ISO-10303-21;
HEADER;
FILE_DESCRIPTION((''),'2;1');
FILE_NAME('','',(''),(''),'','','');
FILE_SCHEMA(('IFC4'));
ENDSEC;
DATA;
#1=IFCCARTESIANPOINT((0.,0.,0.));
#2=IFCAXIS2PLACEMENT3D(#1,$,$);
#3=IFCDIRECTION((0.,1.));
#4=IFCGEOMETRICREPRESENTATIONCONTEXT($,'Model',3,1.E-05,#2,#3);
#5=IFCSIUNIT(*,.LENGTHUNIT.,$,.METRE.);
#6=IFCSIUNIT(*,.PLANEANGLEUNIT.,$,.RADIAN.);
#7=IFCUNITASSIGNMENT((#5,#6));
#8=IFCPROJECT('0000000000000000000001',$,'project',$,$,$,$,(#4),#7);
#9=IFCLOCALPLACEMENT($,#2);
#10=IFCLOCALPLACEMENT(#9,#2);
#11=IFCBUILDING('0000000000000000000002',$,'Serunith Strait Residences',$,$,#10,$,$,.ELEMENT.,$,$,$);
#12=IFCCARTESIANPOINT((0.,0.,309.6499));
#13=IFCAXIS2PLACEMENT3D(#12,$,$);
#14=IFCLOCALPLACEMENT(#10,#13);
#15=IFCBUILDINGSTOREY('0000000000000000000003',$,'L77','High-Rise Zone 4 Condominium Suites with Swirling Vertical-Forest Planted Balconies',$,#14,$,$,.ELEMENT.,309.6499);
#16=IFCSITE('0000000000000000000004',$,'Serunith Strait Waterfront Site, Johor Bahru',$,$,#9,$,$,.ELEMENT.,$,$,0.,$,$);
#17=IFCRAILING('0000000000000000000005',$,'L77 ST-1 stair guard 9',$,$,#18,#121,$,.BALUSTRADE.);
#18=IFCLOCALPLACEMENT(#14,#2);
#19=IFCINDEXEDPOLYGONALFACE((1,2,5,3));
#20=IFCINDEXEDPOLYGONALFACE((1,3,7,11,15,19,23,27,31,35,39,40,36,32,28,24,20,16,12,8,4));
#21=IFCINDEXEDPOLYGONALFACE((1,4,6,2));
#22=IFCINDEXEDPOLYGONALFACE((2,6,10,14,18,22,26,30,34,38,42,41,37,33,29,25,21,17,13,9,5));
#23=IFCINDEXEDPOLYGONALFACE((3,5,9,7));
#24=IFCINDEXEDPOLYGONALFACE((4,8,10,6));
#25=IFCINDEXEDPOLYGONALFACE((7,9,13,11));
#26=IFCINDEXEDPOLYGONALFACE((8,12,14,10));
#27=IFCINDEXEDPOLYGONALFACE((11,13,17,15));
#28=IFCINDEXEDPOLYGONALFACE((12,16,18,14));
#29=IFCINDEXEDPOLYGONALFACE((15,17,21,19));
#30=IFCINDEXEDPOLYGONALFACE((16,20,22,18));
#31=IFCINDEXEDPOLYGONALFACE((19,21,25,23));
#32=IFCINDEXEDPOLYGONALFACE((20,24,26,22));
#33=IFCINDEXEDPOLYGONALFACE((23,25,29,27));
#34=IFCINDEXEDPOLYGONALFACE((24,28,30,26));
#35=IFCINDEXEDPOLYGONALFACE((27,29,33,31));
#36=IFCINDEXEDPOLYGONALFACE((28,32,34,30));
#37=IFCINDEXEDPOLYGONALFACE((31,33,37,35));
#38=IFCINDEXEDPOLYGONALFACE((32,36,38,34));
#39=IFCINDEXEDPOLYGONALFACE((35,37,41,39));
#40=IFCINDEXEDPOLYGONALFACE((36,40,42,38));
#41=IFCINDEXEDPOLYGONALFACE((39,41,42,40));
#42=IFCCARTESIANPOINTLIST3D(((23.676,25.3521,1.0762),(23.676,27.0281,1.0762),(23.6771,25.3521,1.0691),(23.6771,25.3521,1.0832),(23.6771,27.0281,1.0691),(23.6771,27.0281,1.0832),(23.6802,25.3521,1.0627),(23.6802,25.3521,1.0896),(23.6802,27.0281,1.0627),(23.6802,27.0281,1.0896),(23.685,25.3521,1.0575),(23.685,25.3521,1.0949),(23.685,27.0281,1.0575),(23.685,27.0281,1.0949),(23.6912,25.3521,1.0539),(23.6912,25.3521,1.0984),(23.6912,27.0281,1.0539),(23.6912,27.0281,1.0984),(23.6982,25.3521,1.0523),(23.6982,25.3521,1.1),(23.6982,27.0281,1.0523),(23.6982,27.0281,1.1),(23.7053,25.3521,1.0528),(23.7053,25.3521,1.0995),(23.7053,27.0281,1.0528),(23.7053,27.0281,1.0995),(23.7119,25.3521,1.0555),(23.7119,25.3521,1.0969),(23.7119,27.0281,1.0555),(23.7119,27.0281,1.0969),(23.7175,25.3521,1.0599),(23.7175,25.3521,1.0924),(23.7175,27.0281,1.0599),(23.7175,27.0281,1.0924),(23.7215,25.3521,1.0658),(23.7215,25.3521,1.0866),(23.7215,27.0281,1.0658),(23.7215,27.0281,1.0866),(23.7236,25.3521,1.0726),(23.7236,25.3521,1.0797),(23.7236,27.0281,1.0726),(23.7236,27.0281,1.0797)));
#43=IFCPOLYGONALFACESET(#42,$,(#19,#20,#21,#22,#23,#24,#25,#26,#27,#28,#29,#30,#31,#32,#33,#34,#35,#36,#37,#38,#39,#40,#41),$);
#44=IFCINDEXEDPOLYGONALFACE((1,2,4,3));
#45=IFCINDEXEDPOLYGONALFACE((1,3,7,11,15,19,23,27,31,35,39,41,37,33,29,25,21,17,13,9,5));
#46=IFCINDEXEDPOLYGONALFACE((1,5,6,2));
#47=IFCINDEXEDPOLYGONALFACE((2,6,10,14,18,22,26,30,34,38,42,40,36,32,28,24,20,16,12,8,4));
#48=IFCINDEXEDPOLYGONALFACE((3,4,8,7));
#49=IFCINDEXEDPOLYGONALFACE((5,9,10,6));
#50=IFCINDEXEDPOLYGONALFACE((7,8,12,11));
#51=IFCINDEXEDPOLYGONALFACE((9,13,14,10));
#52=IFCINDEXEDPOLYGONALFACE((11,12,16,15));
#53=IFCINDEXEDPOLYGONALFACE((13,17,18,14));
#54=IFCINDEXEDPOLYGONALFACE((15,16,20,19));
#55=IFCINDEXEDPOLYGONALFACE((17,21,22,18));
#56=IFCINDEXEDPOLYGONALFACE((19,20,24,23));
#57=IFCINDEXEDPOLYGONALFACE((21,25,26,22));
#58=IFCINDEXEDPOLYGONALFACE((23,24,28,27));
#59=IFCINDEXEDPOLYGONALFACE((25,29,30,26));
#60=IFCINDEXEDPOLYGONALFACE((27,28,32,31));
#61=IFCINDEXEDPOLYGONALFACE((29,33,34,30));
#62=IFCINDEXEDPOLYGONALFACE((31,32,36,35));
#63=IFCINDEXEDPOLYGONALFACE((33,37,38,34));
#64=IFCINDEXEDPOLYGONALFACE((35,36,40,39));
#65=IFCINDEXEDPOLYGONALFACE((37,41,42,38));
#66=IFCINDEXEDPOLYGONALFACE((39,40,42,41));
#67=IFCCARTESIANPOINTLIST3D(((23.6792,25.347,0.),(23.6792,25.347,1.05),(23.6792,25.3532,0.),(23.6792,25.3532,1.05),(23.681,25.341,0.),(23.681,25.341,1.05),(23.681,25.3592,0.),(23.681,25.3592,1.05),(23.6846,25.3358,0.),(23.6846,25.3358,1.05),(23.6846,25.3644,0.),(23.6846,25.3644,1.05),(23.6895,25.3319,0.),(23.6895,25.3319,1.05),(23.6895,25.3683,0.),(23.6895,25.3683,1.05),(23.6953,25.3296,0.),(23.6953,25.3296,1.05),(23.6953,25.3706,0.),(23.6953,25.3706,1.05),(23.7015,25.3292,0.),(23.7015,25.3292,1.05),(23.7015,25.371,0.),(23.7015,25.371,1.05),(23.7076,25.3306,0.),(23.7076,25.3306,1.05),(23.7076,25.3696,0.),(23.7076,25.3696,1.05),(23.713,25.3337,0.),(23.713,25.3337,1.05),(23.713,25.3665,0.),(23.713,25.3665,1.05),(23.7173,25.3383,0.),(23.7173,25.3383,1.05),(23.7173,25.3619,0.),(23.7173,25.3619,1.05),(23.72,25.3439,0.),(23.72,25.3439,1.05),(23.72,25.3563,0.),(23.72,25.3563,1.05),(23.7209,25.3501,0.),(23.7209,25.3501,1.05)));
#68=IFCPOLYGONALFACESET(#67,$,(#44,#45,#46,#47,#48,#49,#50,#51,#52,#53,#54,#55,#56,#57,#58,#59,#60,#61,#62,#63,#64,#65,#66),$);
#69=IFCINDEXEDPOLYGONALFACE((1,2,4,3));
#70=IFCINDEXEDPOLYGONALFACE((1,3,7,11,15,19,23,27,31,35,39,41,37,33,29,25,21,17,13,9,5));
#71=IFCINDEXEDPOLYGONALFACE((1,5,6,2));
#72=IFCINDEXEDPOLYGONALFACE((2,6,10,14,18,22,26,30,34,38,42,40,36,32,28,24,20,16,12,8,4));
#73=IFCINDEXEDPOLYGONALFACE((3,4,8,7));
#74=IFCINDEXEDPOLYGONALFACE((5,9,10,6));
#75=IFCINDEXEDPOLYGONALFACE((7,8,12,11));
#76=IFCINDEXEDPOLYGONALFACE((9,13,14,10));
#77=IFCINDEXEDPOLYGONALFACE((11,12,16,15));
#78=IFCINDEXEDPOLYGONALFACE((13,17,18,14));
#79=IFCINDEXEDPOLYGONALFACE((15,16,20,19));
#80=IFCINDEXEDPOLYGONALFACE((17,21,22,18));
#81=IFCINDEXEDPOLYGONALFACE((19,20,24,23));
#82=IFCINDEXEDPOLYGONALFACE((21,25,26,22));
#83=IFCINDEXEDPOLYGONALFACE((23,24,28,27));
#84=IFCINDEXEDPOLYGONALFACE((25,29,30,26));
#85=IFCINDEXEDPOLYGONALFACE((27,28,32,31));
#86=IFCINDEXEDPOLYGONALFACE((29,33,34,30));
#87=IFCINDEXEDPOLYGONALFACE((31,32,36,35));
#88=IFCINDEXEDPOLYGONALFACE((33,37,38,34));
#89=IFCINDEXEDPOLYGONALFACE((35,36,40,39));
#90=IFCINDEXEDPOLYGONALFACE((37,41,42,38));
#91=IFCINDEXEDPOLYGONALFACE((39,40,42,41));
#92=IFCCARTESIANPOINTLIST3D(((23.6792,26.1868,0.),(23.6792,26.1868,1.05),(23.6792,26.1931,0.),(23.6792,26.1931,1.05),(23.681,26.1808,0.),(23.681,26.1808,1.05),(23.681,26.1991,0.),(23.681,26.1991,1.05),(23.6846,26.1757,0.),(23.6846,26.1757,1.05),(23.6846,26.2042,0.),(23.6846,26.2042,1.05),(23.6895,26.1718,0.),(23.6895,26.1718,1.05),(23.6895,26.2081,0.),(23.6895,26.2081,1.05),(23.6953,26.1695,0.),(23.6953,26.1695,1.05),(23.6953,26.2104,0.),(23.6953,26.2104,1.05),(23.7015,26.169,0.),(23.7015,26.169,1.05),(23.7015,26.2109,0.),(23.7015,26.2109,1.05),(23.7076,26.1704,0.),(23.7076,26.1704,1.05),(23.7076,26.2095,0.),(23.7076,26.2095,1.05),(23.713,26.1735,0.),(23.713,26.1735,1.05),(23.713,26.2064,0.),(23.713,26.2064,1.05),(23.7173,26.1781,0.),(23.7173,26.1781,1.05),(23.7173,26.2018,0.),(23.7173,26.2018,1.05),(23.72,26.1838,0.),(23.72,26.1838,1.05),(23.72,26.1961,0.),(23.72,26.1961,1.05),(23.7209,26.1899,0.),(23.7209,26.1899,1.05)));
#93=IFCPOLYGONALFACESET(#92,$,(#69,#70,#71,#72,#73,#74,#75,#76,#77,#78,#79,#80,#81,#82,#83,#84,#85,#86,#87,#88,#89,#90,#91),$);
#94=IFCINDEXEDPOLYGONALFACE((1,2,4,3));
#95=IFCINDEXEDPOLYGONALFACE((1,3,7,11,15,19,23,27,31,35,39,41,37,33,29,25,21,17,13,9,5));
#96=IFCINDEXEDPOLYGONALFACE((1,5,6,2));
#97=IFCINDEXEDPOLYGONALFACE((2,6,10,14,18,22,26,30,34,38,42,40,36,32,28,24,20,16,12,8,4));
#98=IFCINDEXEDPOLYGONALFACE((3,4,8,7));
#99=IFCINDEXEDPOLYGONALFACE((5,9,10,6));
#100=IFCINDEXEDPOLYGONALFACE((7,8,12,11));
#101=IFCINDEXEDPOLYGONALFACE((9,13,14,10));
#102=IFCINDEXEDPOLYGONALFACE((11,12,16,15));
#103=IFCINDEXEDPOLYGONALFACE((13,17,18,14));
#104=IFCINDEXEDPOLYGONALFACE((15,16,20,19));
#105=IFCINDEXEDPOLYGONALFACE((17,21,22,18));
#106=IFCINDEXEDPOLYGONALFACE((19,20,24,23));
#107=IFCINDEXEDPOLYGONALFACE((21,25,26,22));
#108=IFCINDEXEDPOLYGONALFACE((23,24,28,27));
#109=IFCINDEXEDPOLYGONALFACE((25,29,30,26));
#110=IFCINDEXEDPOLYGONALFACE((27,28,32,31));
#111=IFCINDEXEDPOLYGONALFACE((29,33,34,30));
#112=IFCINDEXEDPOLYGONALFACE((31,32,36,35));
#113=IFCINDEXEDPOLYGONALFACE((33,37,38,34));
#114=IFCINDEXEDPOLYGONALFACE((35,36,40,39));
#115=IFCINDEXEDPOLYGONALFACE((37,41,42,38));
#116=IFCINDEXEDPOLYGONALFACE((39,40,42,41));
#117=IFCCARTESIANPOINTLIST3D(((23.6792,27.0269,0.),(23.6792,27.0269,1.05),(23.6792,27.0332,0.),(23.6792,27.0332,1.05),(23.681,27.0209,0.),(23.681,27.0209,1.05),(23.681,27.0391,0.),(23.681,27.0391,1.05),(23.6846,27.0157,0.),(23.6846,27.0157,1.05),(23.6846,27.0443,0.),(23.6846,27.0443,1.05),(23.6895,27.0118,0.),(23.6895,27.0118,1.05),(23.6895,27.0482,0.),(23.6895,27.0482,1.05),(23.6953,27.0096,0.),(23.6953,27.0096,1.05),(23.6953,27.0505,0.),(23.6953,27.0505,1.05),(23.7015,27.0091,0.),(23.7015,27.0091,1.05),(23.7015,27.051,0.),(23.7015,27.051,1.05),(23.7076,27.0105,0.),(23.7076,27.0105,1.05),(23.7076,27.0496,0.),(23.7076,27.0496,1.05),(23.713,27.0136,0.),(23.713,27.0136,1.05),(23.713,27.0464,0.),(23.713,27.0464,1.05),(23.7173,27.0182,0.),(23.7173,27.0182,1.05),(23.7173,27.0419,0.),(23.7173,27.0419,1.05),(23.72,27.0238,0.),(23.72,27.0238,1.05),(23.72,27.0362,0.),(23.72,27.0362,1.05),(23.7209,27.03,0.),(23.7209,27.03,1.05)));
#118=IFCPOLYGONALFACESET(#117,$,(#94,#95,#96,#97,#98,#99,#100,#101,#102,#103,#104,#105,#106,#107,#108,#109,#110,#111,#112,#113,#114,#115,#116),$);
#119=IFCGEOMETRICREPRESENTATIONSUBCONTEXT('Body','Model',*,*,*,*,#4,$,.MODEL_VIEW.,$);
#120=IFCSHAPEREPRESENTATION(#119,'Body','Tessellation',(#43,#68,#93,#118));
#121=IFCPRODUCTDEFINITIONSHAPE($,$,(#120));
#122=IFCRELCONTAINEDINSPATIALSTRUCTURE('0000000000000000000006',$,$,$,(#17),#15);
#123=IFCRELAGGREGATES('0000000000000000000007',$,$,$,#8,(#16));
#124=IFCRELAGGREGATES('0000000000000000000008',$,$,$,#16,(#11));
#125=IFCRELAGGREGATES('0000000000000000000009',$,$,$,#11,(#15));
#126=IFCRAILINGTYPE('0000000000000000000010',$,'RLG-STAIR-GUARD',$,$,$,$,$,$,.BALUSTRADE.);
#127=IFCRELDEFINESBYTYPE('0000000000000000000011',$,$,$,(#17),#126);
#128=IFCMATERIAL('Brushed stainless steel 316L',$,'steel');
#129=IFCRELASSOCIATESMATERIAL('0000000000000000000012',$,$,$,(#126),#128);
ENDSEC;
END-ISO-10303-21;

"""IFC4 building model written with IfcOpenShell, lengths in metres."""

from ifc_helpers import new_model, si_unit, direction, frame, origin, origin_2d, place, context, subcontext, project, spatial, circle, extrude, material, type_object, element, save


model = new_model("IFC4")

# Units and contexts
model_context = context("Model", 3, precision=1e-05, world=origin(), true_north=direction((0.0, 1.0)))
body_context = subcontext(model_context, "Body", "Model", "MODEL_VIEW")
ifc_project = project(units=[si_unit("LENGTHUNIT", "METRE"), si_unit("PLANEANGLEUNIT", "RADIAN")], contexts=[model_context])

# Site, building, storey
site_placement = place(None, origin())
site = spatial("IfcSite", under=ifc_project, at=site_placement, Name="Serunith Strait Waterfront Site, Johor Bahru", CompositionType="ELEMENT", RefElevation=0.0)
building_placement = place(site_placement, origin())
building = spatial("IfcBuilding", under=site, at=building_placement, Name="Serunith Strait Residences", CompositionType="ELEMENT")
storey_placement = place(building_placement, frame((0.0, 0.0, 309.6499)))
storey = spatial("IfcBuildingStorey", under=building, at=storey_placement, Name="L77", Description="High-Rise Zone 4 Condominium Suites with Swirling Vertical-Forest Planted Balconies", CompositionType="ELEMENT", Elevation=309.6499)

# Railing
ifc_material_1 = material(Name="Brushed stainless steel 316L", Category="steel")
railing_type_1 = type_object("IfcRailingType", Name="RLG-STAIR-GUARD", PredefinedType="BALUSTRADE", material=ifc_material_1)
for number, where, name in (
    (1, (23.7, 25.3501, 0.0), "L77 ST-1 stair guard 9"),
):
    element("IfcRailing", number, at=place(storey_placement, frame(where)), inside=storey, type_object=railing_type_1, Name=name, PredefinedType="BALUSTRADE", context=body_context, shape_type="SweptSolid", body=[
        extrude(circle(Radius=0.0239, at=origin_2d()), frame((0.0, 0.002, 1.0762), z_axis=(0.0, 1.0, 0.0), x_axis=(-1.0, 0.0, 0.0)), (0.0, 0.0, 1.0), 1.676),
        extrude(circle(Radius=0.021, at=origin_2d()), origin(), (0.0, 0.0, 1.0), 1.05),
        extrude(circle(Radius=0.021, at=origin_2d()), frame((0.0, 0.8398, 0.0)), (0.0, 0.0, 1.0), 1.05),
        extrude(circle(Radius=0.021, at=origin_2d()), frame((0.0, 1.6799, 0.0)), (0.0, 0.0, 1.0), 1.05),
    ])

save(model, "model.ifc")
